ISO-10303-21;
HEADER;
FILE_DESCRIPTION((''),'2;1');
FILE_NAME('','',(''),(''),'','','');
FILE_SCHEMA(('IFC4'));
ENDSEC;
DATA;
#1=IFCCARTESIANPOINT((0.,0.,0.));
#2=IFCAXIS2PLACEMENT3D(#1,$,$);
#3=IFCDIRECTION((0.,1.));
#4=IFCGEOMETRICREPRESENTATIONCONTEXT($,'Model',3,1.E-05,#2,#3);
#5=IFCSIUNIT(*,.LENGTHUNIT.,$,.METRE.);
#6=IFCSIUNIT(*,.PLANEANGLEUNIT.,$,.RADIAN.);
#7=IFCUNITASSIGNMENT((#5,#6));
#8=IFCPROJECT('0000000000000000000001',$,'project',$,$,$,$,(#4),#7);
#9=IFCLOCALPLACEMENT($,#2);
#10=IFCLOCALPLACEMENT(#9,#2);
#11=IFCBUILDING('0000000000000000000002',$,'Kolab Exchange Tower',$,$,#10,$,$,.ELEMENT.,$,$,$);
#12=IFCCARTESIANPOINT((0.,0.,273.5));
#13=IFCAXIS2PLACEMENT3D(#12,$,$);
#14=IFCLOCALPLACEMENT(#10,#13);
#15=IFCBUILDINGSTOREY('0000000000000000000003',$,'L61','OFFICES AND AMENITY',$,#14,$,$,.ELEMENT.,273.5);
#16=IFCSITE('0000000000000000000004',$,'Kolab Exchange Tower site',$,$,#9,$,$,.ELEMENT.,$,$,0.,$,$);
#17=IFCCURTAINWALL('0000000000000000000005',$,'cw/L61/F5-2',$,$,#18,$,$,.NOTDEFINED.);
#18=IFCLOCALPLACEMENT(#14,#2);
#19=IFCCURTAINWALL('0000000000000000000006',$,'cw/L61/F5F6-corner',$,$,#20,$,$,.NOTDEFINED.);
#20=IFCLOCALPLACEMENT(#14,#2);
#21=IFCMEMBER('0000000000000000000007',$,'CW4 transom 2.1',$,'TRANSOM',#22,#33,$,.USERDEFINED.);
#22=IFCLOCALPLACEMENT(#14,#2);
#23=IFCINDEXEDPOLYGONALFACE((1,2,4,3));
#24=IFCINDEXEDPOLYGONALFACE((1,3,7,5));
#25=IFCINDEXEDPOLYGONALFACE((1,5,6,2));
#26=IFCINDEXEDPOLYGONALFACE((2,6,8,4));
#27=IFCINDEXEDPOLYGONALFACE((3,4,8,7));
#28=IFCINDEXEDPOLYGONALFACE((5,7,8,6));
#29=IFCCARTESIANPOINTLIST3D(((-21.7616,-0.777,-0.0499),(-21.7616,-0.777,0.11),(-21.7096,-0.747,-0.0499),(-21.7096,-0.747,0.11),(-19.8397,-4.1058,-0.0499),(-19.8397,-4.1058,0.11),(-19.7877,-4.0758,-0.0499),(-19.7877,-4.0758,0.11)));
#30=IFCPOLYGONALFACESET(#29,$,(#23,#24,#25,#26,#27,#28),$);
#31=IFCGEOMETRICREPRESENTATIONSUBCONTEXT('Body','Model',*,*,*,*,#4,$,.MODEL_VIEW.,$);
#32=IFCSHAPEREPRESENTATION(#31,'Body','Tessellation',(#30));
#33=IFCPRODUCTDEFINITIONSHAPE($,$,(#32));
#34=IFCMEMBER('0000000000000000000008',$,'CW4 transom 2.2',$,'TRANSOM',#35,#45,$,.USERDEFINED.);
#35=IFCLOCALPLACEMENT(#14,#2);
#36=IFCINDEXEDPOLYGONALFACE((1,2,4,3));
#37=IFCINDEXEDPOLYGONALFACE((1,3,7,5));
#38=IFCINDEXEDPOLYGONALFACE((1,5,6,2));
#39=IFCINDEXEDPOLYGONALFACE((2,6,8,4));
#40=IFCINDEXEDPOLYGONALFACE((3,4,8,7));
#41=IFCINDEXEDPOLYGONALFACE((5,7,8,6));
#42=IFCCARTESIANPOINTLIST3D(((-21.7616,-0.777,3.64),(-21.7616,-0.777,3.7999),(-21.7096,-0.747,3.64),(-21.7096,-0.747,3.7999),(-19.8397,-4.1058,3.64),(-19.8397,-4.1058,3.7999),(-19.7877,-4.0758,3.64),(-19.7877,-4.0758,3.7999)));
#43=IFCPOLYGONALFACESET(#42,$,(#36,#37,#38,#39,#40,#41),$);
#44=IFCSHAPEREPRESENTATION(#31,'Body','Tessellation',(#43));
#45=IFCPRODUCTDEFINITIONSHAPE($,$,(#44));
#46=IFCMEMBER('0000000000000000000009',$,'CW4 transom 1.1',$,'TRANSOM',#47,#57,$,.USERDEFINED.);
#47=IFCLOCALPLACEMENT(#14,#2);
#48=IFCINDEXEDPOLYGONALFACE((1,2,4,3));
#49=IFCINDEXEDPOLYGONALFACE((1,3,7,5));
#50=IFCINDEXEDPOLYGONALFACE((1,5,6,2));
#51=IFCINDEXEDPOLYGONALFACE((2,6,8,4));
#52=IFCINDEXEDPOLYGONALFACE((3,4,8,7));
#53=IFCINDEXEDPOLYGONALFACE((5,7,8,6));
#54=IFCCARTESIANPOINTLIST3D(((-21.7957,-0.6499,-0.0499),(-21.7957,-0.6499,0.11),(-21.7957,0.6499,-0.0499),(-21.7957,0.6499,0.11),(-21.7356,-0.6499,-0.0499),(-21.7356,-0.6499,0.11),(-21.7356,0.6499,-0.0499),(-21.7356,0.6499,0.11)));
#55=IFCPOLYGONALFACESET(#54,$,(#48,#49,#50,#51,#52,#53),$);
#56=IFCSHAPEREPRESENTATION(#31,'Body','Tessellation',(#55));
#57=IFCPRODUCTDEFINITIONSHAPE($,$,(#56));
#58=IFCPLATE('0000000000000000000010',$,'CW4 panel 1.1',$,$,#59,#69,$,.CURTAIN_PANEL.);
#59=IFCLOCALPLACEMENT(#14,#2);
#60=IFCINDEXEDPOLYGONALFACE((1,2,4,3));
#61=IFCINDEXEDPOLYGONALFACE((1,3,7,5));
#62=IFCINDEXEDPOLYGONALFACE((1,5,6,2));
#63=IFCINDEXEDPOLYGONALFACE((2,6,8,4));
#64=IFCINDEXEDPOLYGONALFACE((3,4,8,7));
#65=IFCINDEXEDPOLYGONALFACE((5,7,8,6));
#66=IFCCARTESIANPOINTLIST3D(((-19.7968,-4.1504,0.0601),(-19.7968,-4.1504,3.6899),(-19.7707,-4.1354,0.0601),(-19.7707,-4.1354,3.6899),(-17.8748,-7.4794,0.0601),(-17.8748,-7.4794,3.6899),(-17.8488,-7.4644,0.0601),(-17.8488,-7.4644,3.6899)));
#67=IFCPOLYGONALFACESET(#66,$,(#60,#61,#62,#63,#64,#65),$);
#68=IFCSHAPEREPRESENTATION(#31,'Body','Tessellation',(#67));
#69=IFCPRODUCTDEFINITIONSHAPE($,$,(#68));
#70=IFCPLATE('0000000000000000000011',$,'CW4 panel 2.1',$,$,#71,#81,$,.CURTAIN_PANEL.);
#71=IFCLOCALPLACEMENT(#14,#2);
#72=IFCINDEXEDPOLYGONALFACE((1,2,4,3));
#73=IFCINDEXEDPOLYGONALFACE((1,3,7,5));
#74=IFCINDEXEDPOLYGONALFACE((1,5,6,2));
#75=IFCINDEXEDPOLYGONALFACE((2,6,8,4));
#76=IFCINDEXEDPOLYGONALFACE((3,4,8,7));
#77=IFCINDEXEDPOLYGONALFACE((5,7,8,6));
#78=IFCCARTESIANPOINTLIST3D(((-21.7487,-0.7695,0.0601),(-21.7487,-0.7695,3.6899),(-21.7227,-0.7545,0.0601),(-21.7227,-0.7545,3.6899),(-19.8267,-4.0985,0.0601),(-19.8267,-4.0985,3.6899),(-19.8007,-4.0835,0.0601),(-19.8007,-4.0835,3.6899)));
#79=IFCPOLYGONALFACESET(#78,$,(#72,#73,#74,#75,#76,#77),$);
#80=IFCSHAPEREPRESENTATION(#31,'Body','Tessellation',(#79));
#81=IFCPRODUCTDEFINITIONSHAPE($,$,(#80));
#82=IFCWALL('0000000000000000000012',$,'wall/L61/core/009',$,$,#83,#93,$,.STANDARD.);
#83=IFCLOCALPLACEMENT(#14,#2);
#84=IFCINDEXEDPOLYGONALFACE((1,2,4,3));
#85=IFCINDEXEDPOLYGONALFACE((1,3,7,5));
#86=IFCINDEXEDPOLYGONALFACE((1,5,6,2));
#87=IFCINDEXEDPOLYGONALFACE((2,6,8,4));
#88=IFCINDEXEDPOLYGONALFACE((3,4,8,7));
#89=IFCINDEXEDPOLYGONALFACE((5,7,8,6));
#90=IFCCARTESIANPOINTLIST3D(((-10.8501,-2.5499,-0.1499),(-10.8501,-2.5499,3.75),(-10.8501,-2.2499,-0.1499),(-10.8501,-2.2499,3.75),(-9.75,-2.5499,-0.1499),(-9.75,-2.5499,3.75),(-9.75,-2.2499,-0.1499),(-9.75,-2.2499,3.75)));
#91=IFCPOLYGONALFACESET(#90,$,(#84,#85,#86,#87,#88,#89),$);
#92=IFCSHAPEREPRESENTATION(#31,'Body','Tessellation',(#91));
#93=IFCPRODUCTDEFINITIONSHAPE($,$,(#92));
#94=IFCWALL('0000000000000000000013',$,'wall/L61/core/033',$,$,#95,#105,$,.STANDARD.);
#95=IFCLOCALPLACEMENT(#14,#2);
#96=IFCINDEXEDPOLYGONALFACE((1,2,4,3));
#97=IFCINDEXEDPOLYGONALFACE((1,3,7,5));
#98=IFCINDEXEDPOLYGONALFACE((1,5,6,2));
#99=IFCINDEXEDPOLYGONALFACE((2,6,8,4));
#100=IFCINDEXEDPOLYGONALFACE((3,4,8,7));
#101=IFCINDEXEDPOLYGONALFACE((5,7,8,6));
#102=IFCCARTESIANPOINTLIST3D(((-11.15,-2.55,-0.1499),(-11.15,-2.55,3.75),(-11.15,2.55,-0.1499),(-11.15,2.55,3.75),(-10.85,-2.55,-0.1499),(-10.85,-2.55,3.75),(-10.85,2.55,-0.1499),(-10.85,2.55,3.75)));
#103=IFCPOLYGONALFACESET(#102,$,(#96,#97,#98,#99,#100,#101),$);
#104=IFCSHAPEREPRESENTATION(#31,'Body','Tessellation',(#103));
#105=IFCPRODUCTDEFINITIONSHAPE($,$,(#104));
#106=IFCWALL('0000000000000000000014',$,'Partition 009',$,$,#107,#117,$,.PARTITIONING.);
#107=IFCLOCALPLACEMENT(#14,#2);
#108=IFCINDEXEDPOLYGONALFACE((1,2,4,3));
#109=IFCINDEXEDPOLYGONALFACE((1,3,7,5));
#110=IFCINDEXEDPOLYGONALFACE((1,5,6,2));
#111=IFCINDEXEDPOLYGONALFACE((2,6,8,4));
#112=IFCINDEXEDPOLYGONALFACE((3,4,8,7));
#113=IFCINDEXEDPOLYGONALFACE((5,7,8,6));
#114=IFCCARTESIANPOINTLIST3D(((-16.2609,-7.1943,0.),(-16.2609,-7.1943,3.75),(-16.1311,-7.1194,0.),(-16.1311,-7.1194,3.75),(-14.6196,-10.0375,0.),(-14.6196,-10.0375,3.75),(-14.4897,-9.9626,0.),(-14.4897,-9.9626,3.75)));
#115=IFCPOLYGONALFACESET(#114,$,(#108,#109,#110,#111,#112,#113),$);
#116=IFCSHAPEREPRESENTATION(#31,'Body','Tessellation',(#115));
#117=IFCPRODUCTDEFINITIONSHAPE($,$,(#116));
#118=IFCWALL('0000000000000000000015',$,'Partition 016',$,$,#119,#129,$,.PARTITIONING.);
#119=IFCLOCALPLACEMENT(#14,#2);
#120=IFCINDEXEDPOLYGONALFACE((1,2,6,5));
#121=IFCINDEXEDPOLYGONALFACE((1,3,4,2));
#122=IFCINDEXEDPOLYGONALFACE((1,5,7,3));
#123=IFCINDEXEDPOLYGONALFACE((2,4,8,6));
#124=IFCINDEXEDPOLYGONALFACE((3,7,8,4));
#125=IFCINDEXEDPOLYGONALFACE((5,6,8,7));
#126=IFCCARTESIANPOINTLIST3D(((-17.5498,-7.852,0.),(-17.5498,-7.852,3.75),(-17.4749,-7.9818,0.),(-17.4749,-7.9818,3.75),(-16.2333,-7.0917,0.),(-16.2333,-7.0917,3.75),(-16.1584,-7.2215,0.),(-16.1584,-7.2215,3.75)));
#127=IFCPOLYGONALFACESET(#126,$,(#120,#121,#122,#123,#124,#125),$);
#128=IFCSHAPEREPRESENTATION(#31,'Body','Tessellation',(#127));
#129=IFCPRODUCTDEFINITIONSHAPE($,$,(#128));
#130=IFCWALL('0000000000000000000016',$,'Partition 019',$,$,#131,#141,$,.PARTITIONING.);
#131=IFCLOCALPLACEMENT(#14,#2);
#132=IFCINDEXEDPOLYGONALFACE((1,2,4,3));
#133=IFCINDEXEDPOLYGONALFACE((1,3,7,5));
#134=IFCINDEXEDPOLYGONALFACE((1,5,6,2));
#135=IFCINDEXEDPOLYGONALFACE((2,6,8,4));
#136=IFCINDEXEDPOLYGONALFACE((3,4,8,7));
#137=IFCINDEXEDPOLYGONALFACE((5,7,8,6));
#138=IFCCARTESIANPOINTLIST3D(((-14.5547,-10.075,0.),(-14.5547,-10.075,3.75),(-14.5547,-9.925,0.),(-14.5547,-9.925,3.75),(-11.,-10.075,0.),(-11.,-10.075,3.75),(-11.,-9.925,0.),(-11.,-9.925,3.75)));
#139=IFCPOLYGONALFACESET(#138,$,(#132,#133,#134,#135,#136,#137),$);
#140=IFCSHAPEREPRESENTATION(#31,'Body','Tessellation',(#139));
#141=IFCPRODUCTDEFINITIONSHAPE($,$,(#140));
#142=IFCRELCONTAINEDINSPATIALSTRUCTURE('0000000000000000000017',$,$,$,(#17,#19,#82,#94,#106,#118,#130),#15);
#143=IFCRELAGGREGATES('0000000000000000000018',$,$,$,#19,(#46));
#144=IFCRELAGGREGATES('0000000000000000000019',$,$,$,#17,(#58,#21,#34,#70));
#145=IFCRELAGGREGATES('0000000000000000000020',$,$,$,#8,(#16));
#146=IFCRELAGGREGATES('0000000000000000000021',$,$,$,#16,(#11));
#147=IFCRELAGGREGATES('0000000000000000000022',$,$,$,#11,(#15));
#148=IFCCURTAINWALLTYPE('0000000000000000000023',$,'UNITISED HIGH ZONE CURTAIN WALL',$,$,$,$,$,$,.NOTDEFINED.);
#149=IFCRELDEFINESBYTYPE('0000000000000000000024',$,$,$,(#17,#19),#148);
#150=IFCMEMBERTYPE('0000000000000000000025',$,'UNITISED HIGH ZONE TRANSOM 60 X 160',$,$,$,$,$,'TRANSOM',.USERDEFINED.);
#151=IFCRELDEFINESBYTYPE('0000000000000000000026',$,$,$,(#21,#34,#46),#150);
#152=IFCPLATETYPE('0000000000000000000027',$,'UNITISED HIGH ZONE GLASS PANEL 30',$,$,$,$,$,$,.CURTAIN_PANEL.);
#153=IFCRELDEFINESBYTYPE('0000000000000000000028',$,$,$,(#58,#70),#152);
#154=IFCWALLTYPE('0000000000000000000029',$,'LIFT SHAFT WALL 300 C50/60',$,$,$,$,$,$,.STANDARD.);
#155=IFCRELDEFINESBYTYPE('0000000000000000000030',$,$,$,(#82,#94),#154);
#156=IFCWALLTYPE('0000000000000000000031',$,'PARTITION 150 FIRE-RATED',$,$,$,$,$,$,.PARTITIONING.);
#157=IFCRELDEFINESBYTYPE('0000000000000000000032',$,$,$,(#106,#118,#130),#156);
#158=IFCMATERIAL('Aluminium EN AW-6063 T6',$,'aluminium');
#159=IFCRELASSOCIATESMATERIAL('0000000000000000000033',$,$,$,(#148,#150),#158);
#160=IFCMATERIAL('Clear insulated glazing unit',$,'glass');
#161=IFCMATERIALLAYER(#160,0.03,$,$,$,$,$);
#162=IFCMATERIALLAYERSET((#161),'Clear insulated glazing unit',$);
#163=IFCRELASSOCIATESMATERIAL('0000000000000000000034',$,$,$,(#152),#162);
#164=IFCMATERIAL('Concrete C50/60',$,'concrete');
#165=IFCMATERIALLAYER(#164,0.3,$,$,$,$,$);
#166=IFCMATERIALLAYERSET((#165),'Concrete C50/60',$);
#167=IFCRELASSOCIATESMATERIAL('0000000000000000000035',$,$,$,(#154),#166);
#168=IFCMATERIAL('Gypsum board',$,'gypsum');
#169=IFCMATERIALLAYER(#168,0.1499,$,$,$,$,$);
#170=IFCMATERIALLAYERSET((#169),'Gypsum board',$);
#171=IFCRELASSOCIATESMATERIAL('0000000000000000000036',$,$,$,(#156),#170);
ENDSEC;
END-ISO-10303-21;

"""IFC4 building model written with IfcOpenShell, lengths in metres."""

from ifc_helpers import new_model, si_unit, direction, frame, frame_2d, origin, origin_2d, place, context, subcontext, project, spatial, rectangle, extrude, material, layer, layer_set, material_profile, profile_set, type_object, element, aggregate, save


model = new_model("IFC4")

# Units and contexts
model_context = context("Model", 3, precision=1e-05, world=origin(), true_north=direction((0.0, 1.0)))
body_context = subcontext(model_context, "Body", "Model", "MODEL_VIEW")
ifc_project = project(units=[si_unit("LENGTHUNIT", "METRE"), si_unit("PLANEANGLEUNIT", "RADIAN")], contexts=[model_context])

# Site, building, storey
site_placement = place(None, origin())
site = spatial("IfcSite", under=ifc_project, at=site_placement, Name="Kolab Exchange Tower site", CompositionType="ELEMENT", RefElevation=0.0)
building_placement = place(site_placement, origin())
building = spatial("IfcBuilding", under=site, at=building_placement, Name="Kolab Exchange Tower", CompositionType="ELEMENT")
storey_placement = place(building_placement, frame((0.0, 0.0, 273.5)))
storey = spatial("IfcBuildingStorey", under=building, at=storey_placement, Name="L61", Description="OFFICES AND AMENITY", CompositionType="ELEMENT", Elevation=273.5)

# Shared definitions
ifc_material_1 = material(Name="Concrete C50/60", Category="concrete")

# Curtain wall
ifc_material_2 = material(Name="Aluminium EN AW-6063 T6", Category="aluminium")
curtain_wall_type = type_object("IfcCurtainWallType", Name="UNITISED HIGH ZONE CURTAIN WALL", PredefinedType="NOTDEFINED", material=ifc_material_2)
curtain_wall_1_placement = place(storey_placement, origin())
curtain_wall_1 = element("IfcCurtainWall", 1, at=curtain_wall_1_placement, inside=storey, type_object=curtain_wall_type, Name="cw/L61/F5-2", PredefinedType="NOTDEFINED")

# Curtain wall
curtain_wall_2_placement = place(storey_placement, origin())
curtain_wall_2 = element("IfcCurtainWall", 2, at=curtain_wall_2_placement, inside=storey, type_object=curtain_wall_type, Name="cw/L61/F5F6-corner", PredefinedType="NOTDEFINED")

# Members
ifc_material_profile_1 = material_profile(ifc_material_2, rectangle(XDim=0.0601, YDim=0.1599, at=origin_2d()), Name="RECT 60X160")
ifc_profile_set_1 = profile_set([ifc_material_profile_1], Name="Aluminium EN AW-6063 T6")
member_type_1 = type_object("IfcMemberType", Name="UNITISED HIGH ZONE TRANSOM 60 X 160", ElementType="TRANSOM", PredefinedType="USERDEFINED", material=ifc_profile_set_1)
member_1_placement = place(storey_placement, frame((-19.8137, -4.0908, 0.03), z_axis=(-0.499992, 0.86603, 0.0), x_axis=(-0.86603, -0.499992, 0.0)))
member_1 = element("IfcMember", 3, at=member_1_placement, type_object=member_type_1, Name="CW4 transom 2.1", ObjectType="TRANSOM", PredefinedType="USERDEFINED", context=body_context, shape_type="SweptSolid", body=[
    extrude(rectangle(XDim=0.0601, YDim=0.1599, at=origin_2d()), origin(), (0.0, 0.0, 1.0), 3.8438),
])
member_2_placement = place(storey_placement, frame((-19.8137, -4.0908, 3.72), z_axis=(-0.499992, 0.86603, 0.0), x_axis=(-0.86603, -0.499992, 0.0)))
member_2 = element("IfcMember", 4, at=member_2_placement, type_object=member_type_1, Name="CW4 transom 2.2", ObjectType="TRANSOM", PredefinedType="USERDEFINED", context=body_context, shape_type="SweptSolid", body=[
    extrude(rectangle(XDim=0.0601, YDim=0.1599, at=origin_2d()), origin(), (0.0, 0.0, 1.0), 3.8438),
])
member_3_placement = place(storey_placement, frame((-21.7656, -0.6499, 0.03), z_axis=(0.0, 1.0, 0.0), x_axis=(-1.0, 0.0, 0.0)))
member_3 = element("IfcMember", 5, at=member_3_placement, type_object=member_type_1, Name="CW4 transom 1.1", ObjectType="TRANSOM", PredefinedType="USERDEFINED", context=body_context, shape_type="SweptSolid", body=[
    extrude(rectangle(XDim=0.0601, YDim=0.1599, at=origin_2d()), origin(), (0.0, 0.0, 1.0), 1.2998),
])
aggregate(curtain_wall_2, [member_3])

# Plates
ifc_material_3 = material(Name="Clear insulated glazing unit", Category="glass")
ifc_layer_1 = layer(ifc_material_3, 0.03)
ifc_layer_set_1 = layer_set([ifc_layer_1], Name="Clear insulated glazing unit")
plate_type = type_object("IfcPlateType", Name="UNITISED HIGH ZONE GLASS PANEL 30", PredefinedType="CURTAIN_PANEL", material=ifc_layer_set_1)
plate_1_placement = place(storey_placement, frame((-18.8228, -5.8074, 0.0601), z_axis=(0.0, 0.0, 1.0), x_axis=(-0.5, 0.866025, 0.0)))
plate_1 = element("IfcPlate", 6, at=plate_1_placement, type_object=plate_type, Name="CW4 panel 1.1", PredefinedType="CURTAIN_PANEL", context=body_context, shape_type="SweptSolid", body=[
    extrude(rectangle(XDim=3.844, YDim=0.03, at=origin_2d()), origin(), (0.0, 0.0, 1.0), 3.6299),
])
plate_2_placement = place(storey_placement, frame((-20.7747, -2.4265, 0.0601), z_axis=(0.0, 0.0, 1.0), x_axis=(-0.5, 0.866025, 0.0)))
plate_2 = element("IfcPlate", 7, at=plate_2_placement, type_object=plate_type, Name="CW4 panel 2.1", PredefinedType="CURTAIN_PANEL", context=body_context, shape_type="SweptSolid", body=[
    extrude(rectangle(XDim=3.844, YDim=0.03, at=origin_2d()), origin(), (0.0, 0.0, 1.0), 3.6299),
])
aggregate(curtain_wall_1, [plate_1, member_1, member_2, plate_2])

# Walls
ifc_layer_2 = layer(ifc_material_1, 0.3)
ifc_layer_set_2 = layer_set([ifc_layer_2], Name="Concrete C50/60")
wall_type_1 = type_object("IfcWallType", Name="LIFT SHAFT WALL 300 C50/60", PredefinedType="STANDARD", material=ifc_layer_set_2)
wall_1_placement = place(storey_placement, frame((-10.8501, -2.3999, -0.1499), z_axis=(0.0, 0.0, 1.0), x_axis=(1.0, 0.0, 0.0)))
element("IfcWall", 8, at=wall_1_placement, inside=storey, type_object=wall_type_1, Name="wall/L61/core/009", PredefinedType="STANDARD", context=body_context, shape_type="SweptSolid", body=[
    extrude(rectangle(XDim=1.1001, YDim=0.3, at=frame_2d((0.55, 0.0))), origin(), (0.0, 0.0, 1.0), 3.8999),
])
wall_2_placement = place(storey_placement, frame((-11.0, -2.55, -0.1499), z_axis=(0.0, 0.0, 1.0), x_axis=(0.0, 1.0, 0.0)))
element("IfcWall", 9, at=wall_2_placement, inside=storey, type_object=wall_type_1, Name="wall/L61/core/033", PredefinedType="STANDARD", context=body_context, shape_type="SweptSolid", body=[
    extrude(rectangle(XDim=5.1001, YDim=0.3, at=frame_2d((2.55, 0.0))), origin(), (0.0, 0.0, 1.0), 3.8999),
])
ifc_material_4 = material(Name="Gypsum board", Category="gypsum")
ifc_layer_3 = layer(ifc_material_4, 0.1499)
ifc_layer_set_3 = layer_set([ifc_layer_3], Name="Gypsum board")
wall_type_2 = type_object("IfcWallType", Name="PARTITION 150 FIRE-RATED", PredefinedType="PARTITIONING", material=ifc_layer_set_3)
wall_3_placement = place(storey_placement, frame((-16.196, -7.1567, 0.0), z_axis=(0.0, 0.0, 1.0), x_axis=(0.499954, -0.866052, 0.0)))
element("IfcWall", 10, at=wall_3_placement, inside=storey, type_object=wall_type_2, Name="Partition 009", PredefinedType="PARTITIONING", context=body_context, shape_type="SweptSolid", body=[
    extrude(rectangle(XDim=3.283, YDim=0.1499, at=frame_2d((1.6416, 0.0))), origin(), (0.0, 0.0, 1.0), 3.75),
])
wall_4_placement = place(storey_placement, frame((-17.5125, -7.917, 0.0), z_axis=(0.0, 0.0, 1.0), x_axis=(0.865961, 0.500112, 0.0)))
element("IfcWall", 11, at=wall_4_placement, inside=storey, type_object=wall_type_2, Name="Partition 016", PredefinedType="PARTITIONING", context=body_context, shape_type="SweptSolid", body=[
    extrude(rectangle(XDim=1.5203, YDim=0.1499, at=frame_2d((0.7603, 0.0))), origin(), (0.0, 0.0, 1.0), 3.75),
])
wall_5_placement = place(storey_placement, frame((-14.5547, -10.0, 0.0), z_axis=(0.0, 0.0, 1.0), x_axis=(1.0, 0.0, 0.0)))
element("IfcWall", 12, at=wall_5_placement, inside=storey, type_object=wall_type_2, Name="Partition 019", PredefinedType="PARTITIONING", context=body_context, shape_type="SweptSolid", body=[
    extrude(rectangle(XDim=3.5547, YDim=0.1499, at=frame_2d((1.7773, 0.0))), origin(), (0.0, 0.0, 1.0), 3.75),
])

save(model, "model.ifc")
